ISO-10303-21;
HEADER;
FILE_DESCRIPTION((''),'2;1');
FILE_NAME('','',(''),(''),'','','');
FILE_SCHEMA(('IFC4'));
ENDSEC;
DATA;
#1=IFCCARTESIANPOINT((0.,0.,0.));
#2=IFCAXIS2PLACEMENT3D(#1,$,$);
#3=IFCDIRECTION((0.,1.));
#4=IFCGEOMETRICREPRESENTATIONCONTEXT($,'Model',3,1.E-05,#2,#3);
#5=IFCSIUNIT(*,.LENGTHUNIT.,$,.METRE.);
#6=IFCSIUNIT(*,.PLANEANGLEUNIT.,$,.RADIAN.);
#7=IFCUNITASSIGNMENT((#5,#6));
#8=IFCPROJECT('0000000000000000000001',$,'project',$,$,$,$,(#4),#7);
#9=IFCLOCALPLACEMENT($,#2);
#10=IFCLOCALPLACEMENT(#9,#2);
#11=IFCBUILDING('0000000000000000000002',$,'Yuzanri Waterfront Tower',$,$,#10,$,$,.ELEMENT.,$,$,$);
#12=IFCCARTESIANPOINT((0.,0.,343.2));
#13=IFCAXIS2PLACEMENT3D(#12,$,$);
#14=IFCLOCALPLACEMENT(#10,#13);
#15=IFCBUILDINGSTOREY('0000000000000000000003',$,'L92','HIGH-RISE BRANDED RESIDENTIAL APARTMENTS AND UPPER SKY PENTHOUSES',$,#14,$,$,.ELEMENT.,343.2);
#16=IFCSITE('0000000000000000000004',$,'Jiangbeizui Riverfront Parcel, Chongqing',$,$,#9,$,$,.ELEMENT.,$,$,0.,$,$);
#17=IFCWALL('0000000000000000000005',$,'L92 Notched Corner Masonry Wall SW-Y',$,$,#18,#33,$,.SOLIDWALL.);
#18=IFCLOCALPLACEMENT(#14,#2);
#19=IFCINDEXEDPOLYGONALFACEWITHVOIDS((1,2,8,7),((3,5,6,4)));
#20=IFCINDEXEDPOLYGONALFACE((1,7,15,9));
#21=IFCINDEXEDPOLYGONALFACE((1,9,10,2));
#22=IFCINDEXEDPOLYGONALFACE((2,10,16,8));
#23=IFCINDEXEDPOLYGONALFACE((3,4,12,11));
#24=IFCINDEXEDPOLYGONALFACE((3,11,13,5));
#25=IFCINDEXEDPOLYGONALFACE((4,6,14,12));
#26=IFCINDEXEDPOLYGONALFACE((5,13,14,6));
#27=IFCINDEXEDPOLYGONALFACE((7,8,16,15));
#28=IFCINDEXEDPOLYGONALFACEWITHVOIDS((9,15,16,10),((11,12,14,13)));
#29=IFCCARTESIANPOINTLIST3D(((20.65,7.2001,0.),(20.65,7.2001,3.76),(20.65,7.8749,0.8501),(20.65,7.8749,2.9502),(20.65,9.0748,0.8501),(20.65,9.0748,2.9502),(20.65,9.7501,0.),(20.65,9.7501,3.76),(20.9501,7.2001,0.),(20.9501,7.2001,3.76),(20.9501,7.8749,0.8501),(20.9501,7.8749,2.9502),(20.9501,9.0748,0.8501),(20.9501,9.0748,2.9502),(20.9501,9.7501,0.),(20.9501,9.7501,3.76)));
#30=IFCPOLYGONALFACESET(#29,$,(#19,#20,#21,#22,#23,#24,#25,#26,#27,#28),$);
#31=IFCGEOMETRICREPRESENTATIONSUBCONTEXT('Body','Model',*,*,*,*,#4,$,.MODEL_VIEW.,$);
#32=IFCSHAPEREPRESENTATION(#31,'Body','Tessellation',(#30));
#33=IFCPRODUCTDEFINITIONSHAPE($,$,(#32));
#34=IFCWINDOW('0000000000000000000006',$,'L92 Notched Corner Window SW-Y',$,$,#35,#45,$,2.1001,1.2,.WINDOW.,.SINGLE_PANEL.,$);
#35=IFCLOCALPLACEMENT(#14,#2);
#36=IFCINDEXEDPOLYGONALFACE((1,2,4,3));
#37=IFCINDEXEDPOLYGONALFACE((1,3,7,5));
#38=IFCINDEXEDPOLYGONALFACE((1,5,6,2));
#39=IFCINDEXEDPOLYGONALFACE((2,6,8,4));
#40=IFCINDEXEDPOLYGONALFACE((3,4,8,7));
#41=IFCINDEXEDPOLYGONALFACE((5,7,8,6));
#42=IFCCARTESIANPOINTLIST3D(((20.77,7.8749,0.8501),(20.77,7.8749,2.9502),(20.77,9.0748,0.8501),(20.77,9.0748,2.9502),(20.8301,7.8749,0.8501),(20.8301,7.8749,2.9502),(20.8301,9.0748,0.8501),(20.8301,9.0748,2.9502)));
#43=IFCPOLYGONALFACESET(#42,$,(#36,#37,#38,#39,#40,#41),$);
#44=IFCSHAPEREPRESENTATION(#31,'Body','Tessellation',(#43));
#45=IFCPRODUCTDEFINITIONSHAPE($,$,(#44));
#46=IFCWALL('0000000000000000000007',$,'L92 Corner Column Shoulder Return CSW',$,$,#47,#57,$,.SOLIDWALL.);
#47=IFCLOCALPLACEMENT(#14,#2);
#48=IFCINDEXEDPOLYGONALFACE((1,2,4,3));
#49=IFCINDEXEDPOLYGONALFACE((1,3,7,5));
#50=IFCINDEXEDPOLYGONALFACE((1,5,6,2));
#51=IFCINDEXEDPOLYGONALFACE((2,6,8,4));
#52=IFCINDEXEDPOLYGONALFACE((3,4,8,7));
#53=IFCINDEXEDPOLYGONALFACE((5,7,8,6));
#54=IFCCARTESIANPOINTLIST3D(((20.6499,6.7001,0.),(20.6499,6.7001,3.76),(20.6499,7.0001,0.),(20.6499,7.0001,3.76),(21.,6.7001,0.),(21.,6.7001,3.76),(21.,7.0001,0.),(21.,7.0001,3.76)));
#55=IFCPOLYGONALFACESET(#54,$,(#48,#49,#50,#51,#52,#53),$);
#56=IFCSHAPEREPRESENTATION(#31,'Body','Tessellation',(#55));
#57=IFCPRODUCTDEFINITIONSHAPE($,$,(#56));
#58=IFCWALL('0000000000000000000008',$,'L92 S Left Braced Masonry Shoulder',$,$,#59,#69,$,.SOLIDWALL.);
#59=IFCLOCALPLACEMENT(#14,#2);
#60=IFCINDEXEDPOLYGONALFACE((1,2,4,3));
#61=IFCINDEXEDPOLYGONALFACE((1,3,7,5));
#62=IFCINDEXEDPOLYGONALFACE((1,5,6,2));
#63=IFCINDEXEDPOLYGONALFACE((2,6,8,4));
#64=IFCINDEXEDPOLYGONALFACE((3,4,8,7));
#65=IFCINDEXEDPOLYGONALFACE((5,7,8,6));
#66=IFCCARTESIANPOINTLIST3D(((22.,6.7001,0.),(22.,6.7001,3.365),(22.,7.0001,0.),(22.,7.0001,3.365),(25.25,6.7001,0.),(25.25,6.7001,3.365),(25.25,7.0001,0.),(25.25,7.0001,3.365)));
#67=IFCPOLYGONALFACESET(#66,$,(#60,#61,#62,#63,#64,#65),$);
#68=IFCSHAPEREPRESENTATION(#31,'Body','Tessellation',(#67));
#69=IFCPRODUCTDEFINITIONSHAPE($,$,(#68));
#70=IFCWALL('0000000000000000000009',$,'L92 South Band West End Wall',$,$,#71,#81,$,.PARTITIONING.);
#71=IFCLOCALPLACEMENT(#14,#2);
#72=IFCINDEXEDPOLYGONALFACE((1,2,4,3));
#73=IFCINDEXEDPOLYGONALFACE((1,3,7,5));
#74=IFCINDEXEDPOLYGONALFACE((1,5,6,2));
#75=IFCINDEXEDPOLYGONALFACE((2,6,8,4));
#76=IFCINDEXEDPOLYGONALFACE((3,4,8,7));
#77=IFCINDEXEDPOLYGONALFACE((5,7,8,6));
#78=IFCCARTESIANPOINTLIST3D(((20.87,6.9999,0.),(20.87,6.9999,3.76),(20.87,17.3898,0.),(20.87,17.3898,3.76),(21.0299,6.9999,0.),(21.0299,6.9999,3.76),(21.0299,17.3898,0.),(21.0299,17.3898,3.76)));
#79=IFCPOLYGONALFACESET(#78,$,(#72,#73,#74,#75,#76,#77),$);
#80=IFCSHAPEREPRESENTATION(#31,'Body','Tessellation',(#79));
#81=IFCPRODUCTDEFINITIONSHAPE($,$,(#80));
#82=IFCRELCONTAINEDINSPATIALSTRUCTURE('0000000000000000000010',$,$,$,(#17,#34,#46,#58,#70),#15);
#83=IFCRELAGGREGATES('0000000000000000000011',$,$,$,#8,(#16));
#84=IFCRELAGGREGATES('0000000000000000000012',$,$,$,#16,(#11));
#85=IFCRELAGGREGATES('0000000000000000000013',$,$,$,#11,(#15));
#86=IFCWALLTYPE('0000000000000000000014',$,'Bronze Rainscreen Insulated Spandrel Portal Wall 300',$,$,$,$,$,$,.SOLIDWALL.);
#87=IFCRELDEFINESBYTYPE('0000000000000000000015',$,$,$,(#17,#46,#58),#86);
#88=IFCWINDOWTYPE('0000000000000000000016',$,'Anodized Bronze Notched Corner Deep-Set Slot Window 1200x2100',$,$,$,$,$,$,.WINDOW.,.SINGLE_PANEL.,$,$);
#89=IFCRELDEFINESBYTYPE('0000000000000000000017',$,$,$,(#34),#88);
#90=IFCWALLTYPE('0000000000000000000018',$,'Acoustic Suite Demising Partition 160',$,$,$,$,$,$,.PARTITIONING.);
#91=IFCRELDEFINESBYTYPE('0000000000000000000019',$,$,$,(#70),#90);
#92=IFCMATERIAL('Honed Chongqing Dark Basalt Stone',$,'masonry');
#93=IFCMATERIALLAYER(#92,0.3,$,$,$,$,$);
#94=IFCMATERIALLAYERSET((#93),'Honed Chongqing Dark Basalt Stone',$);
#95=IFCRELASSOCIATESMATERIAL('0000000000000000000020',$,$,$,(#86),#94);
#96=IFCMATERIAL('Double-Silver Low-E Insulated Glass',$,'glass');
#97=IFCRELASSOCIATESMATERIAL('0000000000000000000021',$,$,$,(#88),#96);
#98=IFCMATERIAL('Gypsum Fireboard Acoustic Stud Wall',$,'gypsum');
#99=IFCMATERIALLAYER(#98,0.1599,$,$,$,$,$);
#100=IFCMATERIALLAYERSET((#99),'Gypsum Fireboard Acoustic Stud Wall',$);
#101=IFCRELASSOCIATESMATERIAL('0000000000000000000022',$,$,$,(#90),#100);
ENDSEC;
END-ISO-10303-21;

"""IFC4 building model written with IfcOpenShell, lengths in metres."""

from ifc_helpers import new_model, si_unit, direction, frame, frame_2d, origin, place, context, subcontext, project, spatial, rectangle, extrude, source, transform, mapped, material, layer, layer_set, type_object, element, fill, save


model = new_model("IFC4")

# Units and contexts
model_context = context("Model", 3, precision=1e-05, world=origin(), true_north=direction((0.0, 1.0)))
body_context = subcontext(model_context, "Body", "Model", "MODEL_VIEW")
ifc_project = project(units=[si_unit("LENGTHUNIT", "METRE"), si_unit("PLANEANGLEUNIT", "RADIAN")], contexts=[model_context])

# Site, building, storey
site_placement = place(None, origin())
site = spatial("IfcSite", under=ifc_project, at=site_placement, Name="Jiangbeizui Riverfront Parcel, Chongqing", CompositionType="ELEMENT", RefElevation=0.0)
building_placement = place(site_placement, origin())
building = spatial("IfcBuilding", under=site, at=building_placement, Name="Yuzanri Waterfront Tower", CompositionType="ELEMENT")
storey_placement = place(building_placement, frame((0.0, 0.0, 343.2)))
storey = spatial("IfcBuildingStorey", under=building, at=storey_placement, Name="L92", Description="HIGH-RISE BRANDED RESIDENTIAL APARTMENTS AND UPPER SKY PENTHOUSES", CompositionType="ELEMENT", Elevation=343.2)

# Wall, opening, window
ifc_material_1 = material(Name="Honed Chongqing Dark Basalt Stone", Category="masonry")
ifc_layer_1 = layer(ifc_material_1, 0.3)
ifc_layer_set_1 = layer_set([ifc_layer_1], Name="Honed Chongqing Dark Basalt Stone")
wall_type_1 = type_object("IfcWallType", Name="Bronze Rainscreen Insulated Spandrel Portal Wall 300", PredefinedType="SOLIDWALL", material=ifc_layer_set_1)
wall_1_placement = place(storey_placement, frame((20.8, 9.75, 0.0), z_axis=(0.0, 0.0, 1.0), x_axis=(0.0, -1.0, 0.0)))
wall_1 = element("IfcWall", 1, at=wall_1_placement, inside=storey, type_object=wall_type_1, Name="L92 Notched Corner Masonry Wall SW-Y", PredefinedType="SOLIDWALL", context=body_context, shape_type="SweptSolid", body=[
    extrude(rectangle(XDim=2.55, YDim=0.3, at=frame_2d((1.2749, 0.0))), origin(), (0.0, 0.0, 1.0), 3.76),
])
opening_1_placement = place(wall_1_placement, frame((0.675, 0.0, 0.8501)))
opening_1 = element("IfcOpeningElement", 2, at=opening_1_placement, cuts=wall_1, PredefinedType="OPENING", context=body_context, shape_type="SweptSolid", body=[
    extrude(rectangle(XDim=1.2, YDim=2.1001, at=frame_2d((0.6001, 1.05))), frame((0.0, 0.165, 0.0), z_axis=(0.0, -1.0, 0.0), x_axis=(1.0, 0.0, 0.0)), (0.0, 0.0, 1.0), 0.3298),
])
ifc_material_2 = material(Name="Double-Silver Low-E Insulated Glass", Category="glass")
window_type_1 = type_object("IfcWindowType", Name="Anodized Bronze Notched Corner Deep-Set Slot Window 1200x2100", PartitioningType="SINGLE_PANEL", PredefinedType="WINDOW", material=ifc_material_2)
shared_shape_1 = source(origin(), body_context, "Body", "SweptSolid", [
    extrude(rectangle(XDim=1.2, YDim=2.1001, at=frame_2d((0.6001, 1.05))), frame((0.0, 0.03, 0.0), z_axis=(0.0, -1.0, 0.0), x_axis=(1.0, 0.0, 0.0)), (0.0, 0.0, 1.0), 0.0601),
])
window_1_placement = place(opening_1_placement, origin())
window_1 = element("IfcWindow", 3, at=window_1_placement, inside=storey, type_object=window_type_1, Name="L92 Notched Corner Window SW-Y", OverallHeight=2.1001, OverallWidth=1.2, PartitioningType="SINGLE_PANEL", PredefinedType="WINDOW", context=body_context, shape_type="MappedRepresentation", body=[
    mapped(shared_shape_1, transform((0.0, 0.0, 0.0), scale=1.0)),
])
fill(opening_1, window_1)

# Walls
shared_shape_2 = source(origin(), body_context, "Body", "SweptSolid", [
    extrude(rectangle(XDim=0.3501, YDim=0.3, at=frame_2d((0.175, 0.0))), origin(), (0.0, 0.0, 1.0), 3.76),
])
wall_2_placement = place(storey_placement, frame((20.6499, 6.8501, 0.0), z_axis=(0.0, 0.0, 1.0), x_axis=(1.0, 0.0, 0.0)))
element("IfcWall", 4, at=wall_2_placement, inside=storey, type_object=wall_type_1, Name="L92 Corner Column Shoulder Return CSW", PredefinedType="SOLIDWALL", context=body_context, shape_type="MappedRepresentation", body=[
    mapped(shared_shape_2, transform((0.0, 0.0, 0.0), scale=1.0)),
])
shared_shape_3 = source(origin(), body_context, "Body", "SweptSolid", [
    extrude(rectangle(XDim=3.25, YDim=0.3, at=frame_2d((1.625, 0.0))), origin(), (0.0, 0.0, 1.0), 3.365),
])
wall_3_placement = place(storey_placement, frame((22.0, 6.8501, 0.0), z_axis=(0.0, 0.0, 1.0), x_axis=(1.0, 0.0, 0.0)))
element("IfcWall", 5, at=wall_3_placement, inside=storey, type_object=wall_type_1, Name="L92 S Left Braced Masonry Shoulder", PredefinedType="SOLIDWALL", context=body_context, shape_type="MappedRepresentation", body=[
    mapped(shared_shape_3, transform((0.0, 0.0, 0.0), scale=1.0)),
])
ifc_material_3 = material(Name="Gypsum Fireboard Acoustic Stud Wall", Category="gypsum")
ifc_layer_2 = layer(ifc_material_3, 0.1599)
ifc_layer_set_2 = layer_set([ifc_layer_2], Name="Gypsum Fireboard Acoustic Stud Wall")
wall_type_2 = type_object("IfcWallType", Name="Acoustic Suite Demising Partition 160", PredefinedType="PARTITIONING", material=ifc_layer_set_2)
shared_shape_4 = source(origin(), body_context, "Body", "SweptSolid", [
    extrude(rectangle(XDim=10.3899, YDim=0.1599, at=frame_2d((5.1948, 0.0))), origin(), (0.0, 0.0, 1.0), 3.76),
])
wall_4_placement = place(storey_placement, frame((20.95, 7.0, 0.0), z_axis=(0.0, 0.0, 1.0), x_axis=(0.0, 1.0, 0.0)))
element("IfcWall", 6, at=wall_4_placement, inside=storey, type_object=wall_type_2, Name="L92 South Band West End Wall", PredefinedType="PARTITIONING", context=body_context, shape_type="MappedRepresentation", body=[
    mapped(shared_shape_4, transform((0.0, 0.0, 0.0), scale=1.0)),
])

save(model, "model.ifc")
